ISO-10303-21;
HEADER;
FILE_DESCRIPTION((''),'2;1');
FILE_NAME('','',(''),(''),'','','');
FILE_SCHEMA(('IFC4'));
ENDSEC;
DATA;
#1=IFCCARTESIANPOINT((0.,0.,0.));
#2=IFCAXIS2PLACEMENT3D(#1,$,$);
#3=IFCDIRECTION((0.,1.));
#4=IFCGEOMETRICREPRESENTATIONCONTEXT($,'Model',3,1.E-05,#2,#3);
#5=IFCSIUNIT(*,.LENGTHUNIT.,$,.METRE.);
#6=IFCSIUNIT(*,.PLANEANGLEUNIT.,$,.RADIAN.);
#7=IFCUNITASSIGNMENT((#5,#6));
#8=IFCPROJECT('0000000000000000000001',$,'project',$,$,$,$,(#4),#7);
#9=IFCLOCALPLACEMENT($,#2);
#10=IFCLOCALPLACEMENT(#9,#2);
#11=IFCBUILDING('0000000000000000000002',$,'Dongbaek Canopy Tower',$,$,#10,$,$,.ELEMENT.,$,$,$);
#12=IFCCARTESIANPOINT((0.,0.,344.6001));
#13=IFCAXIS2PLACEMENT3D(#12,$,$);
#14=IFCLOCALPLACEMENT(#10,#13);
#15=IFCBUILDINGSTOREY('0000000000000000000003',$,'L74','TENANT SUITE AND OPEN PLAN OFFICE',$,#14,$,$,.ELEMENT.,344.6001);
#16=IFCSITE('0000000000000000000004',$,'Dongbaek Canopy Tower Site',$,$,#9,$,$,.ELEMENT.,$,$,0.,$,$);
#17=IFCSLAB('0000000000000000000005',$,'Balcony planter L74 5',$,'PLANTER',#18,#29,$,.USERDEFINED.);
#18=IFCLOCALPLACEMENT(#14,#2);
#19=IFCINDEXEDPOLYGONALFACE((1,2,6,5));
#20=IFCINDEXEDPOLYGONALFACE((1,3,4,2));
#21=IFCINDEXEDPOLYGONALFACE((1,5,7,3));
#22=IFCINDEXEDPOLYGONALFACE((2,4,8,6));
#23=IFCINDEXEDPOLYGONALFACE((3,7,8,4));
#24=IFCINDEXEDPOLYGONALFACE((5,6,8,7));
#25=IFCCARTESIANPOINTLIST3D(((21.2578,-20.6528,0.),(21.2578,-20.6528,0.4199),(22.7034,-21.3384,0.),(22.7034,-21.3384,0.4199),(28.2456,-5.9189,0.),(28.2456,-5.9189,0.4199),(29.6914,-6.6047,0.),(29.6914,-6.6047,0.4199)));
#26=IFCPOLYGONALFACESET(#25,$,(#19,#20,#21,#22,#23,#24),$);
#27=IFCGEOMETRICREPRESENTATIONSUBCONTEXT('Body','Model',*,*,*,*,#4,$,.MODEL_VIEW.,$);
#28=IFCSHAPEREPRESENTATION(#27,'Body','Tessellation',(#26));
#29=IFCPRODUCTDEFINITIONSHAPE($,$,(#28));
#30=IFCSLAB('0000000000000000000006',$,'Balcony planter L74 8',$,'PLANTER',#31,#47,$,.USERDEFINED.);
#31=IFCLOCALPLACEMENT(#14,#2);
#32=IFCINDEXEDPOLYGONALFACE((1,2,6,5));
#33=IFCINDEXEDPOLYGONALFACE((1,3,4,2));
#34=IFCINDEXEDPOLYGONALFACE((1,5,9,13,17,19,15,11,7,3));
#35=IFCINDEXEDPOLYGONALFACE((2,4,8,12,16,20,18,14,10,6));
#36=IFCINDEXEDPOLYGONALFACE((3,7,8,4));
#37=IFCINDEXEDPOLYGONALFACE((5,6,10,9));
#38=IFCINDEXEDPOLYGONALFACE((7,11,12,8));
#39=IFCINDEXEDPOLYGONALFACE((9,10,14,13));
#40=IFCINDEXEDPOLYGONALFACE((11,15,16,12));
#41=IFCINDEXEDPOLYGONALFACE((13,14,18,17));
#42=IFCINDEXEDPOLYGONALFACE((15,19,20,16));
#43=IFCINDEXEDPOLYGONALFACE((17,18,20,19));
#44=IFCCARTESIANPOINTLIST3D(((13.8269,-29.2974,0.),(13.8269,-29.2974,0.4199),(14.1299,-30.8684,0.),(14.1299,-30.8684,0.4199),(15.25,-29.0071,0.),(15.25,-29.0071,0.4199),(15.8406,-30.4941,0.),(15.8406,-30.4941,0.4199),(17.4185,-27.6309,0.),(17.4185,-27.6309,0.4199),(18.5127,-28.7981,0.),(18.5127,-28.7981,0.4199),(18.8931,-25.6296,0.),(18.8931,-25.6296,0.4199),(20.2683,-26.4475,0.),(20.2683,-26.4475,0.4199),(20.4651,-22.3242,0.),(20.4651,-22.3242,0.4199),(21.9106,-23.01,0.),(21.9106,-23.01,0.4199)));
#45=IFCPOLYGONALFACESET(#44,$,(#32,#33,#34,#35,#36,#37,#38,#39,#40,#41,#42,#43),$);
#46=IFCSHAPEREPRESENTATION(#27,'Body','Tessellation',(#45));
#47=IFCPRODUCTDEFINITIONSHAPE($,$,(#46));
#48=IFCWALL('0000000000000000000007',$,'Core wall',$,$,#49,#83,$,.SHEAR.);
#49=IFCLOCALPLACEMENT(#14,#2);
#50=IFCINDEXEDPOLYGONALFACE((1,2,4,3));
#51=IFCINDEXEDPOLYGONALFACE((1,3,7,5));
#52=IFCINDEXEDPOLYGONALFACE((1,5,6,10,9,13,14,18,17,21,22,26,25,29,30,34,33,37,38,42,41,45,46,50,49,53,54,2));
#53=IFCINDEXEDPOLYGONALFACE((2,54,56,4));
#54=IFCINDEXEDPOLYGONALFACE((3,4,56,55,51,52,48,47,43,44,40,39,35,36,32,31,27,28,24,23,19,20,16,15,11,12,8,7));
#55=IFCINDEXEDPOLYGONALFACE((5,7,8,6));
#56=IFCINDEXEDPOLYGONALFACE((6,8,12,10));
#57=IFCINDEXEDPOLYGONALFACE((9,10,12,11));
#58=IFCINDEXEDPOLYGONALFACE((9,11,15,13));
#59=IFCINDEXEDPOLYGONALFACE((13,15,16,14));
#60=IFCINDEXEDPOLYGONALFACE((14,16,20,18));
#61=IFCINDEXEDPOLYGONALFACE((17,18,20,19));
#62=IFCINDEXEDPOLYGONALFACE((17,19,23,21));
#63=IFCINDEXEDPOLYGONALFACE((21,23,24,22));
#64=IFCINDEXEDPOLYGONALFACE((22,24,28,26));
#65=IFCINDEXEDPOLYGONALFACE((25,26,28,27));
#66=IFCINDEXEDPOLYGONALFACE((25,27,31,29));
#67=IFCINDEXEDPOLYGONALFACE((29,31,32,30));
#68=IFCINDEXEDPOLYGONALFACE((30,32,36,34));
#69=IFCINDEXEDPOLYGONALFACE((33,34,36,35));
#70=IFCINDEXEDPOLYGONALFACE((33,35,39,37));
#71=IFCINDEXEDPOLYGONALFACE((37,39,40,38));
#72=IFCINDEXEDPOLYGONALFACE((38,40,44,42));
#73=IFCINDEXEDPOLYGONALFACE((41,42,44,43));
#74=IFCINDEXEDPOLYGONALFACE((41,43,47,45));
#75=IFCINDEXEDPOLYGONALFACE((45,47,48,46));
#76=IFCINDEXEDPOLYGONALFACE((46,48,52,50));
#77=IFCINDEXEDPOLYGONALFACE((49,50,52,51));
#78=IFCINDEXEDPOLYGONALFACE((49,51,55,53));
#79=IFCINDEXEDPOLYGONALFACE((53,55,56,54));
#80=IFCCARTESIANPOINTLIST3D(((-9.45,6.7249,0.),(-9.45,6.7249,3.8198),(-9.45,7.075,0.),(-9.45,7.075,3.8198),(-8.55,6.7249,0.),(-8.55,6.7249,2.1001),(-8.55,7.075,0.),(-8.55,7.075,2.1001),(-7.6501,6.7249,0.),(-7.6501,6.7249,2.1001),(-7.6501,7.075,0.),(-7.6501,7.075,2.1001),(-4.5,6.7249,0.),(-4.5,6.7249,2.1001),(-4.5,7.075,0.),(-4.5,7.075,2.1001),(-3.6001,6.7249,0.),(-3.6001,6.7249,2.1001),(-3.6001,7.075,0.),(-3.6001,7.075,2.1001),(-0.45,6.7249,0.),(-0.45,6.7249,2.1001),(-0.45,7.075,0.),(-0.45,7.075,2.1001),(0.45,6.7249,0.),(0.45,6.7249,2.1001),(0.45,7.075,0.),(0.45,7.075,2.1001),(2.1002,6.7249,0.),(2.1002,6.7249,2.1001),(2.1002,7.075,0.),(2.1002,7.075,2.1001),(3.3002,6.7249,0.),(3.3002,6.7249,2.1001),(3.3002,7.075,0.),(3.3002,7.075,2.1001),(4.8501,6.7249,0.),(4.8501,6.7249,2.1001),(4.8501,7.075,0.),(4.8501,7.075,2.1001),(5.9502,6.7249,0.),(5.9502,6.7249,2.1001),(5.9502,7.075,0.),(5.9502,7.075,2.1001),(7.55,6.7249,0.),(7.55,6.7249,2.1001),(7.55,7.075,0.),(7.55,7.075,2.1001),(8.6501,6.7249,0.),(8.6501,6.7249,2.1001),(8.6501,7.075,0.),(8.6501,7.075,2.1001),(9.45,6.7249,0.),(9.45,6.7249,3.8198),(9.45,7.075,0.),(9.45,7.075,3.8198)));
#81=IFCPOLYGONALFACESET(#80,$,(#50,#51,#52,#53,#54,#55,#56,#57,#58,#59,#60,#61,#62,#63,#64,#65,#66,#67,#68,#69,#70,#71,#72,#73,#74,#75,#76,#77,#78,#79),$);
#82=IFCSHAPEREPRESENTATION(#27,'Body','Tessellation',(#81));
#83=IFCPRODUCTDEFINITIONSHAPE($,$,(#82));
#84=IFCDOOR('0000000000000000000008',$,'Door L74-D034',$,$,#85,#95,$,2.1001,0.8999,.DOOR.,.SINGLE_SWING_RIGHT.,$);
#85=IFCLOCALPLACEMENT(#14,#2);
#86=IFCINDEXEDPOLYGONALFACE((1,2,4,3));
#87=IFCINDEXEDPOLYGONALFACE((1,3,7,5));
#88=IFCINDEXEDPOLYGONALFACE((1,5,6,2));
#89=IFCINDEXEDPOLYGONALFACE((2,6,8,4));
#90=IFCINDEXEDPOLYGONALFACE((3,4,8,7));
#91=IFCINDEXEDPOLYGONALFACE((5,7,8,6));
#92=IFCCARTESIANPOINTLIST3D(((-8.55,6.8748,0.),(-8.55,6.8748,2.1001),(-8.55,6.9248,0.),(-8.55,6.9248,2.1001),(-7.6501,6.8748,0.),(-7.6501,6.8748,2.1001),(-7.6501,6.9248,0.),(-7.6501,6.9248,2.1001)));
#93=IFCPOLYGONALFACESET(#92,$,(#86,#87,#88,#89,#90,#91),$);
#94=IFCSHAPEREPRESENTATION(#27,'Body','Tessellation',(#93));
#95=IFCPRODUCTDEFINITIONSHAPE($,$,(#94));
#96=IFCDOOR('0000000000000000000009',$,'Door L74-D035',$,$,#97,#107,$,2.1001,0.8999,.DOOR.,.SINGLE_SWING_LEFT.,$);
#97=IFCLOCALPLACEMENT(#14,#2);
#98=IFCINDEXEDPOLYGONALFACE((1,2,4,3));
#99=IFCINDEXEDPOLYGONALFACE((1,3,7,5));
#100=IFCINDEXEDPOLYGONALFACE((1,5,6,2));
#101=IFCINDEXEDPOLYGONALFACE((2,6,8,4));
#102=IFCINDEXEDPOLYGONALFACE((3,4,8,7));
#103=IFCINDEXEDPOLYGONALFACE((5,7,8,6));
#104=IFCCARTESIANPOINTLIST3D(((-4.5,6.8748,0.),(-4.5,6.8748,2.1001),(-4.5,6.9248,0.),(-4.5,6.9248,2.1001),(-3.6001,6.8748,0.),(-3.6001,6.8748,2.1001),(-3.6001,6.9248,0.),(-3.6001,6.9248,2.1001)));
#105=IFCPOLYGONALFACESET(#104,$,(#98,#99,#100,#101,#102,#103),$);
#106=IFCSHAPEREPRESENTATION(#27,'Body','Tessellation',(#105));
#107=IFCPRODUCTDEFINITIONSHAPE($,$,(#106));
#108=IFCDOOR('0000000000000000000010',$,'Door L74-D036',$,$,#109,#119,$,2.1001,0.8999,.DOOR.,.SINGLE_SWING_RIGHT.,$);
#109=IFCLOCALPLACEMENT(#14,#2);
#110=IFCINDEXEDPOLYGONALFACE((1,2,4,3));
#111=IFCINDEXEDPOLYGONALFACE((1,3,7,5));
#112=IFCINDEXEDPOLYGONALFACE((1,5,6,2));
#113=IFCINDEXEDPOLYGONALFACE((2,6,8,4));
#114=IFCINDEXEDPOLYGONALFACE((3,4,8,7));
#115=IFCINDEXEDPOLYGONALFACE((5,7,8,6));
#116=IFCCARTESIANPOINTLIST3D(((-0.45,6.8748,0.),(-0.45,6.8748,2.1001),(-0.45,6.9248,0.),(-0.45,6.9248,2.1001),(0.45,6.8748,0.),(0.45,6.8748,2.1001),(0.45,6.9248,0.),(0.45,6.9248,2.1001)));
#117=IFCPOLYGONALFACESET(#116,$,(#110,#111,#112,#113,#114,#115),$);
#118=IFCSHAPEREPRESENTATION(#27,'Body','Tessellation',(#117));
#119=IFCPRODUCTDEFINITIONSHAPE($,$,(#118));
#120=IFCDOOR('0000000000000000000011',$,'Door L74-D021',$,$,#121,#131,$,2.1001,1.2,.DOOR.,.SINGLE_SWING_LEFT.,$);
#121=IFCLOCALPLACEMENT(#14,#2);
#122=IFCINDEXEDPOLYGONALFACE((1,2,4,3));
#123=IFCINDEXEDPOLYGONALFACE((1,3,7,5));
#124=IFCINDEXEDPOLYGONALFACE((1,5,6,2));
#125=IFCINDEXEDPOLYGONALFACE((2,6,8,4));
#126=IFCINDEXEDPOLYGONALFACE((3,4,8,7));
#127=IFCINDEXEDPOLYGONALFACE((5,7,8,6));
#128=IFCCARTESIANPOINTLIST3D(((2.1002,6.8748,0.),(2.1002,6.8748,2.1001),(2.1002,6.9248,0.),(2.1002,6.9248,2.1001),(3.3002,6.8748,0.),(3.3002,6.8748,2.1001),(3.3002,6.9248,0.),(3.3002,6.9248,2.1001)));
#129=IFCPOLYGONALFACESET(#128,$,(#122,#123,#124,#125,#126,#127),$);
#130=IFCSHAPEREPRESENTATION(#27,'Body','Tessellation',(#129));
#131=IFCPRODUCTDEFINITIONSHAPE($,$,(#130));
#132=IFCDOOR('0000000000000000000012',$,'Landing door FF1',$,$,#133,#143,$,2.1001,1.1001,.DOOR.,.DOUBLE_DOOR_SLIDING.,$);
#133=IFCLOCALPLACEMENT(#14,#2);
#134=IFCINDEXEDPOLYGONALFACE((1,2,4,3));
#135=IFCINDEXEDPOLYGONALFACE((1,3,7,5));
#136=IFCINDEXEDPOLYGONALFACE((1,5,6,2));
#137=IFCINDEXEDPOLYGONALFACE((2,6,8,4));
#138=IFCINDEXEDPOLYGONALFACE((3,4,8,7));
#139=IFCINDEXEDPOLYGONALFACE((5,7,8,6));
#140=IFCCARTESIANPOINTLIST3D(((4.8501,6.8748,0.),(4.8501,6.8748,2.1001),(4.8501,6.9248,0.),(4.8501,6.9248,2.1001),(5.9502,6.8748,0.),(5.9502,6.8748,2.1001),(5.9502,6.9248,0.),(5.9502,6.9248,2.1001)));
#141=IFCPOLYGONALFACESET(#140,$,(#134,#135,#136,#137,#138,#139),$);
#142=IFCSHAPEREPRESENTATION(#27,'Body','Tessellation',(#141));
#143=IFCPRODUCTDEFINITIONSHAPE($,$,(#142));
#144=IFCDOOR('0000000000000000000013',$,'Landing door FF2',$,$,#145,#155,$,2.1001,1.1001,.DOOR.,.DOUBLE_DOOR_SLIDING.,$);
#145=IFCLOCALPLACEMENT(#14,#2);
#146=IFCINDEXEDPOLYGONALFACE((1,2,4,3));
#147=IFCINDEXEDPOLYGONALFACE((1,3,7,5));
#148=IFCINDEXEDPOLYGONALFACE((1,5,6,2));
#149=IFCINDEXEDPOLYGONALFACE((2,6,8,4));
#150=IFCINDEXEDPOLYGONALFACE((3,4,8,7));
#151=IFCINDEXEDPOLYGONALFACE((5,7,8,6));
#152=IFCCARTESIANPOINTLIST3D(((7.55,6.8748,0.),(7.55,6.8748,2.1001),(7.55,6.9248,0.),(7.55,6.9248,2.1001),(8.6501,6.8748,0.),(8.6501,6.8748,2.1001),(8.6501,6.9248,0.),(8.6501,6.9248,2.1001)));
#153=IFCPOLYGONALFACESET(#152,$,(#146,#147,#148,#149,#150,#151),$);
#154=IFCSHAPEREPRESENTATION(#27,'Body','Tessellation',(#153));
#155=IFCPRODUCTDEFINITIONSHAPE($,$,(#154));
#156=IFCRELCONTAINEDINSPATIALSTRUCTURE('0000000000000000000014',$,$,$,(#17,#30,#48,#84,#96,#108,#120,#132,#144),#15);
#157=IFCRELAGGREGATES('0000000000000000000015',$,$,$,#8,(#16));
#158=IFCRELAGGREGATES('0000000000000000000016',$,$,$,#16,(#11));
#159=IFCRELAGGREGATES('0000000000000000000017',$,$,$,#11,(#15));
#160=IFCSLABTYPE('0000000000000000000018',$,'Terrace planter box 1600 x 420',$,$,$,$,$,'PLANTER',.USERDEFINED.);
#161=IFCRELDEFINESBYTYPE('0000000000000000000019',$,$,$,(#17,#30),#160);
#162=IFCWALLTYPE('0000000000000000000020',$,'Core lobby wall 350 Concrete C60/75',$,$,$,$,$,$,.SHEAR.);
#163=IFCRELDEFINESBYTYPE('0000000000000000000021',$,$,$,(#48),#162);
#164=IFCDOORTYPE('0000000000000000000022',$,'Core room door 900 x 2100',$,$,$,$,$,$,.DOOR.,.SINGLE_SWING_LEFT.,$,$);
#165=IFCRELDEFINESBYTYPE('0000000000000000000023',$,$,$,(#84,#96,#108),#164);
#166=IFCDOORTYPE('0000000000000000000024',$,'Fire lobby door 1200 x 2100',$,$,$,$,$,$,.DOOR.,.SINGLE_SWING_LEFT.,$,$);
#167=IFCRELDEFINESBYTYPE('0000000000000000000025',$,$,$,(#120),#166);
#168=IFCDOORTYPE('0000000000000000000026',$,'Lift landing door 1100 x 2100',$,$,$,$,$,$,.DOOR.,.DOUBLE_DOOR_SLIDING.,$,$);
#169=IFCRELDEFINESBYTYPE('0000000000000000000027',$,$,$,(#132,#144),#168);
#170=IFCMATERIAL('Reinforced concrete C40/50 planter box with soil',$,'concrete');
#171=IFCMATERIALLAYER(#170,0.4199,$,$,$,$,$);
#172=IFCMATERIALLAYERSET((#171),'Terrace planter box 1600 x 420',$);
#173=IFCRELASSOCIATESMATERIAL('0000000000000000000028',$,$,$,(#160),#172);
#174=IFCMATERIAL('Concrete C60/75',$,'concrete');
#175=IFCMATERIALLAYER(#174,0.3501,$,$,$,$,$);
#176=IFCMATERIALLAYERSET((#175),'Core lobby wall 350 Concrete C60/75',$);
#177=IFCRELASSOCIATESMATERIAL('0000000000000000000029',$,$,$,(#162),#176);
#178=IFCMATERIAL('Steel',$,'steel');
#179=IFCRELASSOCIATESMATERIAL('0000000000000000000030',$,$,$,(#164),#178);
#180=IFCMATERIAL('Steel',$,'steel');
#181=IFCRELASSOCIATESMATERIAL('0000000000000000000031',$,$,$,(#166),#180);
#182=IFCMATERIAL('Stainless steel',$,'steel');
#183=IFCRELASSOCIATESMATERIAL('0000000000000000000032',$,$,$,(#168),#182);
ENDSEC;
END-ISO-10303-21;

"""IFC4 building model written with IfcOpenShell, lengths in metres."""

from ifc_helpers import new_model, si_unit, direction, frame, frame_2d, origin, place, context, subcontext, project, spatial, polyline, rectangle, outline, extrude, material, layer, layer_set, type_object, element, fill, save


model = new_model("IFC4")

# Units and contexts
model_context = context("Model", 3, precision=1e-05, world=origin(), true_north=direction((0.0, 1.0)))
body_context = subcontext(model_context, "Body", "Model", "MODEL_VIEW")
ifc_project = project(units=[si_unit("LENGTHUNIT", "METRE"), si_unit("PLANEANGLEUNIT", "RADIAN")], contexts=[model_context])

# Site, building, storey
site_placement = place(None, origin())
site = spatial("IfcSite", under=ifc_project, at=site_placement, Name="Dongbaek Canopy Tower Site", CompositionType="ELEMENT", RefElevation=0.0)
building_placement = place(site_placement, origin())
building = spatial("IfcBuilding", under=site, at=building_placement, Name="Dongbaek Canopy Tower", CompositionType="ELEMENT")
storey_placement = place(building_placement, frame((0.0, 0.0, 344.6001)))
storey = spatial("IfcBuildingStorey", under=building, at=storey_placement, Name="L74", Description="TENANT SUITE AND OPEN PLAN OFFICE", CompositionType="ELEMENT", Elevation=344.6001)

# Slabs
ifc_material_1 = material(Name="Reinforced concrete C40/50 planter box with soil", Category="concrete")
ifc_layer_1 = layer(ifc_material_1, 0.4199)
ifc_layer_set_1 = layer_set([ifc_layer_1], Name="Terrace planter box 1600 x 420")
slab_type_1 = type_object("IfcSlabType", Name="Terrace planter box 1600 x 420", ElementType="PLANTER", PredefinedType="USERDEFINED", material=ifc_layer_set_1)
slab_1_placement = place(storey_placement, origin())
element("IfcSlab", 1, at=slab_1_placement, inside=storey, type_object=slab_type_1, Name="Balcony planter L74 5", ObjectType="PLANTER", PredefinedType="USERDEFINED", context=body_context, shape_type="SweptSolid", body=[
    extrude(outline(polyline([(21.2578, -20.6528), (28.2456, -5.9189), (29.6914, -6.6047), (22.7034, -21.3384), (21.2578, -20.6528)])), origin(), (0.0, 0.0, 1.0), 0.4199),
])
slab_2_placement = place(storey_placement, origin())
element("IfcSlab", 2, at=slab_2_placement, inside=storey, type_object=slab_type_1, Name="Balcony planter L74 8", ObjectType="PLANTER", PredefinedType="USERDEFINED", context=body_context, shape_type="SweptSolid", body=[
    extrude(outline(polyline([(13.8269, -29.2974), (15.25, -29.0071), (17.4185, -27.6309), (18.8931, -25.6296), (20.4651, -22.3242), (21.9106, -23.01), (20.2683, -26.4475), (18.5127, -28.7981), (15.8406, -30.4941), (14.1299, -30.8684), (13.8269, -29.2974)])), origin(), (0.0, 0.0, 1.0), 0.4199),
])

# Wall, openings, doors
ifc_material_2 = material(Name="Concrete C60/75", Category="concrete")
ifc_layer_2 = layer(ifc_material_2, 0.3501)
ifc_layer_set_2 = layer_set([ifc_layer_2], Name="Core lobby wall 350 Concrete C60/75")
wall_type_1 = type_object("IfcWallType", Name="Core lobby wall 350 Concrete C60/75", PredefinedType="SHEAR", material=ifc_layer_set_2)
wall_1_placement = place(storey_placement, frame((-9.45, 6.8999, 0.0), z_axis=(0.0, 0.0, 1.0), x_axis=(1.0, 0.0, 0.0)))
wall_1 = element("IfcWall", 3, at=wall_1_placement, inside=storey, type_object=wall_type_1, Name="Core wall", PredefinedType="SHEAR", context=body_context, shape_type="SweptSolid", body=[
    extrude(rectangle(XDim=18.8999, YDim=0.3501, at=frame_2d((9.45, 0.0))), origin(), (0.0, 0.0, 1.0), 3.8198),
])
opening_1_placement = place(wall_1_placement, frame((11.55, 0.0, 0.0)))
opening_1 = element("IfcOpeningElement", 4, at=opening_1_placement, cuts=wall_1, PredefinedType="OPENING", context=body_context, shape_type="SweptSolid", body=[
    extrude(rectangle(XDim=1.2, YDim=2.1001, at=frame_2d((0.6001, 1.05))), frame((0.0, 0.1851, 0.0), z_axis=(0.0, -1.0, 0.0), x_axis=(1.0, 0.0, 0.0)), (0.0, 0.0, 1.0), 0.3701),
])
opening_2_placement = place(wall_1_placement, frame((14.3, 0.0, 0.0)))
opening_2 = element("IfcOpeningElement", 5, at=opening_2_placement, cuts=wall_1, PredefinedType="OPENING", context=body_context, shape_type="SweptSolid", body=[
    extrude(rectangle(XDim=1.1001, YDim=2.1001, at=frame_2d((0.55, 1.05))), frame((0.0, 0.1851, 0.0), z_axis=(0.0, -1.0, 0.0), x_axis=(1.0, 0.0, 0.0)), (0.0, 0.0, 1.0), 0.3701),
])
opening_3_placement = place(wall_1_placement, frame((17.0, 0.0, 0.0)))
opening_3 = element("IfcOpeningElement", 6, at=opening_3_placement, cuts=wall_1, PredefinedType="OPENING", context=body_context, shape_type="SweptSolid", body=[
    extrude(rectangle(XDim=1.1001, YDim=2.1001, at=frame_2d((0.55, 1.05))), frame((0.0, 0.1851, 0.0), z_axis=(0.0, -1.0, 0.0), x_axis=(1.0, 0.0, 0.0)), (0.0, 0.0, 1.0), 0.3701),
])
opening_4_placement = place(wall_1_placement, frame((0.8999, 0.0, 0.0)))
opening_4 = element("IfcOpeningElement", 7, at=opening_4_placement, cuts=wall_1, PredefinedType="OPENING", context=body_context, shape_type="SweptSolid", body=[
    extrude(rectangle(XDim=0.8999, YDim=2.1001, at=frame_2d((0.45, 1.05))), frame((0.0, 0.1851, 0.0), z_axis=(0.0, -1.0, 0.0), x_axis=(1.0, 0.0, 0.0)), (0.0, 0.0, 1.0), 0.3701),
])
opening_5_placement = place(wall_1_placement, frame((4.95, 0.0, 0.0)))
opening_5 = element("IfcOpeningElement", 8, at=opening_5_placement, cuts=wall_1, PredefinedType="OPENING", context=body_context, shape_type="SweptSolid", body=[
    extrude(rectangle(XDim=0.8999, YDim=2.1001, at=frame_2d((0.45, 1.05))), frame((0.0, 0.1851, 0.0), z_axis=(0.0, -1.0, 0.0), x_axis=(1.0, 0.0, 0.0)), (0.0, 0.0, 1.0), 0.3701),
])
opening_6_placement = place(wall_1_placement, frame((9.0, 0.0, 0.0)))
opening_6 = element("IfcOpeningElement", 9, at=opening_6_placement, cuts=wall_1, PredefinedType="OPENING", context=body_context, shape_type="SweptSolid", body=[
    extrude(rectangle(XDim=0.8999, YDim=2.1001, at=frame_2d((0.45, 1.05))), frame((0.0, 0.1851, 0.0), z_axis=(0.0, -1.0, 0.0), x_axis=(1.0, 0.0, 0.0)), (0.0, 0.0, 1.0), 0.3701),
])
ifc_material_3 = material(Name="Steel", Category="steel")
door_type_1 = type_object("IfcDoorType", Name="Core room door 900 x 2100", OperationType="SINGLE_SWING_LEFT", PredefinedType="DOOR", material=ifc_material_3)
door_1_placement = place(opening_4_placement, origin())
door_1 = element("IfcDoor", 10, at=door_1_placement, inside=storey, type_object=door_type_1, Name="Door L74-D034", OperationType="SINGLE_SWING_RIGHT", OverallHeight=2.1001, OverallWidth=0.8999, PredefinedType="DOOR", context=body_context, shape_type="SweptSolid", body=[
    extrude(rectangle(XDim=0.8999, YDim=2.1001, at=frame_2d((0.45, 1.05))), frame((0.0, 0.0249, 0.0), z_axis=(0.0, -1.0, 0.0), x_axis=(1.0, 0.0, 0.0)), (0.0, 0.0, 1.0), 0.05),
])
fill(opening_4, door_1)
door_2_placement = place(opening_5_placement, origin())
door_2 = element("IfcDoor", 11, at=door_2_placement, inside=storey, type_object=door_type_1, Name="Door L74-D035", OperationType="SINGLE_SWING_LEFT", OverallHeight=2.1001, OverallWidth=0.8999, PredefinedType="DOOR", context=body_context, shape_type="SweptSolid", body=[
    extrude(rectangle(XDim=0.8999, YDim=2.1001, at=frame_2d((0.45, 1.05))), frame((0.0, 0.0249, 0.0), z_axis=(0.0, -1.0, 0.0), x_axis=(1.0, 0.0, 0.0)), (0.0, 0.0, 1.0), 0.05),
])
fill(opening_5, door_2)
door_3_placement = place(opening_6_placement, origin())
door_3 = element("IfcDoor", 12, at=door_3_placement, inside=storey, type_object=door_type_1, Name="Door L74-D036", OperationType="SINGLE_SWING_RIGHT", OverallHeight=2.1001, OverallWidth=0.8999, PredefinedType="DOOR", context=body_context, shape_type="SweptSolid", body=[
    extrude(rectangle(XDim=0.8999, YDim=2.1001, at=frame_2d((0.45, 1.05))), frame((0.0, 0.0249, 0.0), z_axis=(0.0, -1.0, 0.0), x_axis=(1.0, 0.0, 0.0)), (0.0, 0.0, 1.0), 0.05),
])
fill(opening_6, door_3)
ifc_material_4 = material(Name="Steel", Category="steel")
door_type_2 = type_object("IfcDoorType", Name="Fire lobby door 1200 x 2100", OperationType="SINGLE_SWING_LEFT", PredefinedType="DOOR", material=ifc_material_4)
door_4_placement = place(opening_1_placement, origin())
door_4 = element("IfcDoor", 13, at=door_4_placement, inside=storey, type_object=door_type_2, Name="Door L74-D021", OperationType="SINGLE_SWING_LEFT", OverallHeight=2.1001, OverallWidth=1.2, PredefinedType="DOOR", context=body_context, shape_type="SweptSolid", body=[
    extrude(rectangle(XDim=1.2, YDim=2.1001, at=frame_2d((0.6001, 1.05))), frame((0.0, 0.0249, 0.0), z_axis=(0.0, -1.0, 0.0), x_axis=(1.0, 0.0, 0.0)), (0.0, 0.0, 1.0), 0.05),
])
fill(opening_1, door_4)
ifc_material_5 = material(Name="Stainless steel", Category="steel")
door_type_3 = type_object("IfcDoorType", Name="Lift landing door 1100 x 2100", OperationType="DOUBLE_DOOR_SLIDING", PredefinedType="DOOR", material=ifc_material_5)
door_5_placement = place(opening_2_placement, origin())
door_5 = element("IfcDoor", 14, at=door_5_placement, inside=storey, type_object=door_type_3, Name="Landing door FF1", OperationType="DOUBLE_DOOR_SLIDING", OverallHeight=2.1001, OverallWidth=1.1001, PredefinedType="DOOR", context=body_context, shape_type="SweptSolid", body=[
    extrude(rectangle(XDim=1.1001, YDim=2.1001, at=frame_2d((0.55, 1.05))), frame((0.0, 0.0249, 0.0), z_axis=(0.0, -1.0, 0.0), x_axis=(1.0, 0.0, 0.0)), (0.0, 0.0, 1.0), 0.05),
])
fill(opening_2, door_5)
door_6_placement = place(opening_3_placement, origin())
door_6 = element("IfcDoor", 15, at=door_6_placement, inside=storey, type_object=door_type_3, Name="Landing door FF2", OperationType="DOUBLE_DOOR_SLIDING", OverallHeight=2.1001, OverallWidth=1.1001, PredefinedType="DOOR", context=body_context, shape_type="SweptSolid", body=[
    extrude(rectangle(XDim=1.1001, YDim=2.1001, at=frame_2d((0.55, 1.05))), frame((0.0, 0.0249, 0.0), z_axis=(0.0, -1.0, 0.0), x_axis=(1.0, 0.0, 0.0)), (0.0, 0.0, 1.0), 0.05),
])
fill(opening_3, door_6)

save(model, "model.ifc")
